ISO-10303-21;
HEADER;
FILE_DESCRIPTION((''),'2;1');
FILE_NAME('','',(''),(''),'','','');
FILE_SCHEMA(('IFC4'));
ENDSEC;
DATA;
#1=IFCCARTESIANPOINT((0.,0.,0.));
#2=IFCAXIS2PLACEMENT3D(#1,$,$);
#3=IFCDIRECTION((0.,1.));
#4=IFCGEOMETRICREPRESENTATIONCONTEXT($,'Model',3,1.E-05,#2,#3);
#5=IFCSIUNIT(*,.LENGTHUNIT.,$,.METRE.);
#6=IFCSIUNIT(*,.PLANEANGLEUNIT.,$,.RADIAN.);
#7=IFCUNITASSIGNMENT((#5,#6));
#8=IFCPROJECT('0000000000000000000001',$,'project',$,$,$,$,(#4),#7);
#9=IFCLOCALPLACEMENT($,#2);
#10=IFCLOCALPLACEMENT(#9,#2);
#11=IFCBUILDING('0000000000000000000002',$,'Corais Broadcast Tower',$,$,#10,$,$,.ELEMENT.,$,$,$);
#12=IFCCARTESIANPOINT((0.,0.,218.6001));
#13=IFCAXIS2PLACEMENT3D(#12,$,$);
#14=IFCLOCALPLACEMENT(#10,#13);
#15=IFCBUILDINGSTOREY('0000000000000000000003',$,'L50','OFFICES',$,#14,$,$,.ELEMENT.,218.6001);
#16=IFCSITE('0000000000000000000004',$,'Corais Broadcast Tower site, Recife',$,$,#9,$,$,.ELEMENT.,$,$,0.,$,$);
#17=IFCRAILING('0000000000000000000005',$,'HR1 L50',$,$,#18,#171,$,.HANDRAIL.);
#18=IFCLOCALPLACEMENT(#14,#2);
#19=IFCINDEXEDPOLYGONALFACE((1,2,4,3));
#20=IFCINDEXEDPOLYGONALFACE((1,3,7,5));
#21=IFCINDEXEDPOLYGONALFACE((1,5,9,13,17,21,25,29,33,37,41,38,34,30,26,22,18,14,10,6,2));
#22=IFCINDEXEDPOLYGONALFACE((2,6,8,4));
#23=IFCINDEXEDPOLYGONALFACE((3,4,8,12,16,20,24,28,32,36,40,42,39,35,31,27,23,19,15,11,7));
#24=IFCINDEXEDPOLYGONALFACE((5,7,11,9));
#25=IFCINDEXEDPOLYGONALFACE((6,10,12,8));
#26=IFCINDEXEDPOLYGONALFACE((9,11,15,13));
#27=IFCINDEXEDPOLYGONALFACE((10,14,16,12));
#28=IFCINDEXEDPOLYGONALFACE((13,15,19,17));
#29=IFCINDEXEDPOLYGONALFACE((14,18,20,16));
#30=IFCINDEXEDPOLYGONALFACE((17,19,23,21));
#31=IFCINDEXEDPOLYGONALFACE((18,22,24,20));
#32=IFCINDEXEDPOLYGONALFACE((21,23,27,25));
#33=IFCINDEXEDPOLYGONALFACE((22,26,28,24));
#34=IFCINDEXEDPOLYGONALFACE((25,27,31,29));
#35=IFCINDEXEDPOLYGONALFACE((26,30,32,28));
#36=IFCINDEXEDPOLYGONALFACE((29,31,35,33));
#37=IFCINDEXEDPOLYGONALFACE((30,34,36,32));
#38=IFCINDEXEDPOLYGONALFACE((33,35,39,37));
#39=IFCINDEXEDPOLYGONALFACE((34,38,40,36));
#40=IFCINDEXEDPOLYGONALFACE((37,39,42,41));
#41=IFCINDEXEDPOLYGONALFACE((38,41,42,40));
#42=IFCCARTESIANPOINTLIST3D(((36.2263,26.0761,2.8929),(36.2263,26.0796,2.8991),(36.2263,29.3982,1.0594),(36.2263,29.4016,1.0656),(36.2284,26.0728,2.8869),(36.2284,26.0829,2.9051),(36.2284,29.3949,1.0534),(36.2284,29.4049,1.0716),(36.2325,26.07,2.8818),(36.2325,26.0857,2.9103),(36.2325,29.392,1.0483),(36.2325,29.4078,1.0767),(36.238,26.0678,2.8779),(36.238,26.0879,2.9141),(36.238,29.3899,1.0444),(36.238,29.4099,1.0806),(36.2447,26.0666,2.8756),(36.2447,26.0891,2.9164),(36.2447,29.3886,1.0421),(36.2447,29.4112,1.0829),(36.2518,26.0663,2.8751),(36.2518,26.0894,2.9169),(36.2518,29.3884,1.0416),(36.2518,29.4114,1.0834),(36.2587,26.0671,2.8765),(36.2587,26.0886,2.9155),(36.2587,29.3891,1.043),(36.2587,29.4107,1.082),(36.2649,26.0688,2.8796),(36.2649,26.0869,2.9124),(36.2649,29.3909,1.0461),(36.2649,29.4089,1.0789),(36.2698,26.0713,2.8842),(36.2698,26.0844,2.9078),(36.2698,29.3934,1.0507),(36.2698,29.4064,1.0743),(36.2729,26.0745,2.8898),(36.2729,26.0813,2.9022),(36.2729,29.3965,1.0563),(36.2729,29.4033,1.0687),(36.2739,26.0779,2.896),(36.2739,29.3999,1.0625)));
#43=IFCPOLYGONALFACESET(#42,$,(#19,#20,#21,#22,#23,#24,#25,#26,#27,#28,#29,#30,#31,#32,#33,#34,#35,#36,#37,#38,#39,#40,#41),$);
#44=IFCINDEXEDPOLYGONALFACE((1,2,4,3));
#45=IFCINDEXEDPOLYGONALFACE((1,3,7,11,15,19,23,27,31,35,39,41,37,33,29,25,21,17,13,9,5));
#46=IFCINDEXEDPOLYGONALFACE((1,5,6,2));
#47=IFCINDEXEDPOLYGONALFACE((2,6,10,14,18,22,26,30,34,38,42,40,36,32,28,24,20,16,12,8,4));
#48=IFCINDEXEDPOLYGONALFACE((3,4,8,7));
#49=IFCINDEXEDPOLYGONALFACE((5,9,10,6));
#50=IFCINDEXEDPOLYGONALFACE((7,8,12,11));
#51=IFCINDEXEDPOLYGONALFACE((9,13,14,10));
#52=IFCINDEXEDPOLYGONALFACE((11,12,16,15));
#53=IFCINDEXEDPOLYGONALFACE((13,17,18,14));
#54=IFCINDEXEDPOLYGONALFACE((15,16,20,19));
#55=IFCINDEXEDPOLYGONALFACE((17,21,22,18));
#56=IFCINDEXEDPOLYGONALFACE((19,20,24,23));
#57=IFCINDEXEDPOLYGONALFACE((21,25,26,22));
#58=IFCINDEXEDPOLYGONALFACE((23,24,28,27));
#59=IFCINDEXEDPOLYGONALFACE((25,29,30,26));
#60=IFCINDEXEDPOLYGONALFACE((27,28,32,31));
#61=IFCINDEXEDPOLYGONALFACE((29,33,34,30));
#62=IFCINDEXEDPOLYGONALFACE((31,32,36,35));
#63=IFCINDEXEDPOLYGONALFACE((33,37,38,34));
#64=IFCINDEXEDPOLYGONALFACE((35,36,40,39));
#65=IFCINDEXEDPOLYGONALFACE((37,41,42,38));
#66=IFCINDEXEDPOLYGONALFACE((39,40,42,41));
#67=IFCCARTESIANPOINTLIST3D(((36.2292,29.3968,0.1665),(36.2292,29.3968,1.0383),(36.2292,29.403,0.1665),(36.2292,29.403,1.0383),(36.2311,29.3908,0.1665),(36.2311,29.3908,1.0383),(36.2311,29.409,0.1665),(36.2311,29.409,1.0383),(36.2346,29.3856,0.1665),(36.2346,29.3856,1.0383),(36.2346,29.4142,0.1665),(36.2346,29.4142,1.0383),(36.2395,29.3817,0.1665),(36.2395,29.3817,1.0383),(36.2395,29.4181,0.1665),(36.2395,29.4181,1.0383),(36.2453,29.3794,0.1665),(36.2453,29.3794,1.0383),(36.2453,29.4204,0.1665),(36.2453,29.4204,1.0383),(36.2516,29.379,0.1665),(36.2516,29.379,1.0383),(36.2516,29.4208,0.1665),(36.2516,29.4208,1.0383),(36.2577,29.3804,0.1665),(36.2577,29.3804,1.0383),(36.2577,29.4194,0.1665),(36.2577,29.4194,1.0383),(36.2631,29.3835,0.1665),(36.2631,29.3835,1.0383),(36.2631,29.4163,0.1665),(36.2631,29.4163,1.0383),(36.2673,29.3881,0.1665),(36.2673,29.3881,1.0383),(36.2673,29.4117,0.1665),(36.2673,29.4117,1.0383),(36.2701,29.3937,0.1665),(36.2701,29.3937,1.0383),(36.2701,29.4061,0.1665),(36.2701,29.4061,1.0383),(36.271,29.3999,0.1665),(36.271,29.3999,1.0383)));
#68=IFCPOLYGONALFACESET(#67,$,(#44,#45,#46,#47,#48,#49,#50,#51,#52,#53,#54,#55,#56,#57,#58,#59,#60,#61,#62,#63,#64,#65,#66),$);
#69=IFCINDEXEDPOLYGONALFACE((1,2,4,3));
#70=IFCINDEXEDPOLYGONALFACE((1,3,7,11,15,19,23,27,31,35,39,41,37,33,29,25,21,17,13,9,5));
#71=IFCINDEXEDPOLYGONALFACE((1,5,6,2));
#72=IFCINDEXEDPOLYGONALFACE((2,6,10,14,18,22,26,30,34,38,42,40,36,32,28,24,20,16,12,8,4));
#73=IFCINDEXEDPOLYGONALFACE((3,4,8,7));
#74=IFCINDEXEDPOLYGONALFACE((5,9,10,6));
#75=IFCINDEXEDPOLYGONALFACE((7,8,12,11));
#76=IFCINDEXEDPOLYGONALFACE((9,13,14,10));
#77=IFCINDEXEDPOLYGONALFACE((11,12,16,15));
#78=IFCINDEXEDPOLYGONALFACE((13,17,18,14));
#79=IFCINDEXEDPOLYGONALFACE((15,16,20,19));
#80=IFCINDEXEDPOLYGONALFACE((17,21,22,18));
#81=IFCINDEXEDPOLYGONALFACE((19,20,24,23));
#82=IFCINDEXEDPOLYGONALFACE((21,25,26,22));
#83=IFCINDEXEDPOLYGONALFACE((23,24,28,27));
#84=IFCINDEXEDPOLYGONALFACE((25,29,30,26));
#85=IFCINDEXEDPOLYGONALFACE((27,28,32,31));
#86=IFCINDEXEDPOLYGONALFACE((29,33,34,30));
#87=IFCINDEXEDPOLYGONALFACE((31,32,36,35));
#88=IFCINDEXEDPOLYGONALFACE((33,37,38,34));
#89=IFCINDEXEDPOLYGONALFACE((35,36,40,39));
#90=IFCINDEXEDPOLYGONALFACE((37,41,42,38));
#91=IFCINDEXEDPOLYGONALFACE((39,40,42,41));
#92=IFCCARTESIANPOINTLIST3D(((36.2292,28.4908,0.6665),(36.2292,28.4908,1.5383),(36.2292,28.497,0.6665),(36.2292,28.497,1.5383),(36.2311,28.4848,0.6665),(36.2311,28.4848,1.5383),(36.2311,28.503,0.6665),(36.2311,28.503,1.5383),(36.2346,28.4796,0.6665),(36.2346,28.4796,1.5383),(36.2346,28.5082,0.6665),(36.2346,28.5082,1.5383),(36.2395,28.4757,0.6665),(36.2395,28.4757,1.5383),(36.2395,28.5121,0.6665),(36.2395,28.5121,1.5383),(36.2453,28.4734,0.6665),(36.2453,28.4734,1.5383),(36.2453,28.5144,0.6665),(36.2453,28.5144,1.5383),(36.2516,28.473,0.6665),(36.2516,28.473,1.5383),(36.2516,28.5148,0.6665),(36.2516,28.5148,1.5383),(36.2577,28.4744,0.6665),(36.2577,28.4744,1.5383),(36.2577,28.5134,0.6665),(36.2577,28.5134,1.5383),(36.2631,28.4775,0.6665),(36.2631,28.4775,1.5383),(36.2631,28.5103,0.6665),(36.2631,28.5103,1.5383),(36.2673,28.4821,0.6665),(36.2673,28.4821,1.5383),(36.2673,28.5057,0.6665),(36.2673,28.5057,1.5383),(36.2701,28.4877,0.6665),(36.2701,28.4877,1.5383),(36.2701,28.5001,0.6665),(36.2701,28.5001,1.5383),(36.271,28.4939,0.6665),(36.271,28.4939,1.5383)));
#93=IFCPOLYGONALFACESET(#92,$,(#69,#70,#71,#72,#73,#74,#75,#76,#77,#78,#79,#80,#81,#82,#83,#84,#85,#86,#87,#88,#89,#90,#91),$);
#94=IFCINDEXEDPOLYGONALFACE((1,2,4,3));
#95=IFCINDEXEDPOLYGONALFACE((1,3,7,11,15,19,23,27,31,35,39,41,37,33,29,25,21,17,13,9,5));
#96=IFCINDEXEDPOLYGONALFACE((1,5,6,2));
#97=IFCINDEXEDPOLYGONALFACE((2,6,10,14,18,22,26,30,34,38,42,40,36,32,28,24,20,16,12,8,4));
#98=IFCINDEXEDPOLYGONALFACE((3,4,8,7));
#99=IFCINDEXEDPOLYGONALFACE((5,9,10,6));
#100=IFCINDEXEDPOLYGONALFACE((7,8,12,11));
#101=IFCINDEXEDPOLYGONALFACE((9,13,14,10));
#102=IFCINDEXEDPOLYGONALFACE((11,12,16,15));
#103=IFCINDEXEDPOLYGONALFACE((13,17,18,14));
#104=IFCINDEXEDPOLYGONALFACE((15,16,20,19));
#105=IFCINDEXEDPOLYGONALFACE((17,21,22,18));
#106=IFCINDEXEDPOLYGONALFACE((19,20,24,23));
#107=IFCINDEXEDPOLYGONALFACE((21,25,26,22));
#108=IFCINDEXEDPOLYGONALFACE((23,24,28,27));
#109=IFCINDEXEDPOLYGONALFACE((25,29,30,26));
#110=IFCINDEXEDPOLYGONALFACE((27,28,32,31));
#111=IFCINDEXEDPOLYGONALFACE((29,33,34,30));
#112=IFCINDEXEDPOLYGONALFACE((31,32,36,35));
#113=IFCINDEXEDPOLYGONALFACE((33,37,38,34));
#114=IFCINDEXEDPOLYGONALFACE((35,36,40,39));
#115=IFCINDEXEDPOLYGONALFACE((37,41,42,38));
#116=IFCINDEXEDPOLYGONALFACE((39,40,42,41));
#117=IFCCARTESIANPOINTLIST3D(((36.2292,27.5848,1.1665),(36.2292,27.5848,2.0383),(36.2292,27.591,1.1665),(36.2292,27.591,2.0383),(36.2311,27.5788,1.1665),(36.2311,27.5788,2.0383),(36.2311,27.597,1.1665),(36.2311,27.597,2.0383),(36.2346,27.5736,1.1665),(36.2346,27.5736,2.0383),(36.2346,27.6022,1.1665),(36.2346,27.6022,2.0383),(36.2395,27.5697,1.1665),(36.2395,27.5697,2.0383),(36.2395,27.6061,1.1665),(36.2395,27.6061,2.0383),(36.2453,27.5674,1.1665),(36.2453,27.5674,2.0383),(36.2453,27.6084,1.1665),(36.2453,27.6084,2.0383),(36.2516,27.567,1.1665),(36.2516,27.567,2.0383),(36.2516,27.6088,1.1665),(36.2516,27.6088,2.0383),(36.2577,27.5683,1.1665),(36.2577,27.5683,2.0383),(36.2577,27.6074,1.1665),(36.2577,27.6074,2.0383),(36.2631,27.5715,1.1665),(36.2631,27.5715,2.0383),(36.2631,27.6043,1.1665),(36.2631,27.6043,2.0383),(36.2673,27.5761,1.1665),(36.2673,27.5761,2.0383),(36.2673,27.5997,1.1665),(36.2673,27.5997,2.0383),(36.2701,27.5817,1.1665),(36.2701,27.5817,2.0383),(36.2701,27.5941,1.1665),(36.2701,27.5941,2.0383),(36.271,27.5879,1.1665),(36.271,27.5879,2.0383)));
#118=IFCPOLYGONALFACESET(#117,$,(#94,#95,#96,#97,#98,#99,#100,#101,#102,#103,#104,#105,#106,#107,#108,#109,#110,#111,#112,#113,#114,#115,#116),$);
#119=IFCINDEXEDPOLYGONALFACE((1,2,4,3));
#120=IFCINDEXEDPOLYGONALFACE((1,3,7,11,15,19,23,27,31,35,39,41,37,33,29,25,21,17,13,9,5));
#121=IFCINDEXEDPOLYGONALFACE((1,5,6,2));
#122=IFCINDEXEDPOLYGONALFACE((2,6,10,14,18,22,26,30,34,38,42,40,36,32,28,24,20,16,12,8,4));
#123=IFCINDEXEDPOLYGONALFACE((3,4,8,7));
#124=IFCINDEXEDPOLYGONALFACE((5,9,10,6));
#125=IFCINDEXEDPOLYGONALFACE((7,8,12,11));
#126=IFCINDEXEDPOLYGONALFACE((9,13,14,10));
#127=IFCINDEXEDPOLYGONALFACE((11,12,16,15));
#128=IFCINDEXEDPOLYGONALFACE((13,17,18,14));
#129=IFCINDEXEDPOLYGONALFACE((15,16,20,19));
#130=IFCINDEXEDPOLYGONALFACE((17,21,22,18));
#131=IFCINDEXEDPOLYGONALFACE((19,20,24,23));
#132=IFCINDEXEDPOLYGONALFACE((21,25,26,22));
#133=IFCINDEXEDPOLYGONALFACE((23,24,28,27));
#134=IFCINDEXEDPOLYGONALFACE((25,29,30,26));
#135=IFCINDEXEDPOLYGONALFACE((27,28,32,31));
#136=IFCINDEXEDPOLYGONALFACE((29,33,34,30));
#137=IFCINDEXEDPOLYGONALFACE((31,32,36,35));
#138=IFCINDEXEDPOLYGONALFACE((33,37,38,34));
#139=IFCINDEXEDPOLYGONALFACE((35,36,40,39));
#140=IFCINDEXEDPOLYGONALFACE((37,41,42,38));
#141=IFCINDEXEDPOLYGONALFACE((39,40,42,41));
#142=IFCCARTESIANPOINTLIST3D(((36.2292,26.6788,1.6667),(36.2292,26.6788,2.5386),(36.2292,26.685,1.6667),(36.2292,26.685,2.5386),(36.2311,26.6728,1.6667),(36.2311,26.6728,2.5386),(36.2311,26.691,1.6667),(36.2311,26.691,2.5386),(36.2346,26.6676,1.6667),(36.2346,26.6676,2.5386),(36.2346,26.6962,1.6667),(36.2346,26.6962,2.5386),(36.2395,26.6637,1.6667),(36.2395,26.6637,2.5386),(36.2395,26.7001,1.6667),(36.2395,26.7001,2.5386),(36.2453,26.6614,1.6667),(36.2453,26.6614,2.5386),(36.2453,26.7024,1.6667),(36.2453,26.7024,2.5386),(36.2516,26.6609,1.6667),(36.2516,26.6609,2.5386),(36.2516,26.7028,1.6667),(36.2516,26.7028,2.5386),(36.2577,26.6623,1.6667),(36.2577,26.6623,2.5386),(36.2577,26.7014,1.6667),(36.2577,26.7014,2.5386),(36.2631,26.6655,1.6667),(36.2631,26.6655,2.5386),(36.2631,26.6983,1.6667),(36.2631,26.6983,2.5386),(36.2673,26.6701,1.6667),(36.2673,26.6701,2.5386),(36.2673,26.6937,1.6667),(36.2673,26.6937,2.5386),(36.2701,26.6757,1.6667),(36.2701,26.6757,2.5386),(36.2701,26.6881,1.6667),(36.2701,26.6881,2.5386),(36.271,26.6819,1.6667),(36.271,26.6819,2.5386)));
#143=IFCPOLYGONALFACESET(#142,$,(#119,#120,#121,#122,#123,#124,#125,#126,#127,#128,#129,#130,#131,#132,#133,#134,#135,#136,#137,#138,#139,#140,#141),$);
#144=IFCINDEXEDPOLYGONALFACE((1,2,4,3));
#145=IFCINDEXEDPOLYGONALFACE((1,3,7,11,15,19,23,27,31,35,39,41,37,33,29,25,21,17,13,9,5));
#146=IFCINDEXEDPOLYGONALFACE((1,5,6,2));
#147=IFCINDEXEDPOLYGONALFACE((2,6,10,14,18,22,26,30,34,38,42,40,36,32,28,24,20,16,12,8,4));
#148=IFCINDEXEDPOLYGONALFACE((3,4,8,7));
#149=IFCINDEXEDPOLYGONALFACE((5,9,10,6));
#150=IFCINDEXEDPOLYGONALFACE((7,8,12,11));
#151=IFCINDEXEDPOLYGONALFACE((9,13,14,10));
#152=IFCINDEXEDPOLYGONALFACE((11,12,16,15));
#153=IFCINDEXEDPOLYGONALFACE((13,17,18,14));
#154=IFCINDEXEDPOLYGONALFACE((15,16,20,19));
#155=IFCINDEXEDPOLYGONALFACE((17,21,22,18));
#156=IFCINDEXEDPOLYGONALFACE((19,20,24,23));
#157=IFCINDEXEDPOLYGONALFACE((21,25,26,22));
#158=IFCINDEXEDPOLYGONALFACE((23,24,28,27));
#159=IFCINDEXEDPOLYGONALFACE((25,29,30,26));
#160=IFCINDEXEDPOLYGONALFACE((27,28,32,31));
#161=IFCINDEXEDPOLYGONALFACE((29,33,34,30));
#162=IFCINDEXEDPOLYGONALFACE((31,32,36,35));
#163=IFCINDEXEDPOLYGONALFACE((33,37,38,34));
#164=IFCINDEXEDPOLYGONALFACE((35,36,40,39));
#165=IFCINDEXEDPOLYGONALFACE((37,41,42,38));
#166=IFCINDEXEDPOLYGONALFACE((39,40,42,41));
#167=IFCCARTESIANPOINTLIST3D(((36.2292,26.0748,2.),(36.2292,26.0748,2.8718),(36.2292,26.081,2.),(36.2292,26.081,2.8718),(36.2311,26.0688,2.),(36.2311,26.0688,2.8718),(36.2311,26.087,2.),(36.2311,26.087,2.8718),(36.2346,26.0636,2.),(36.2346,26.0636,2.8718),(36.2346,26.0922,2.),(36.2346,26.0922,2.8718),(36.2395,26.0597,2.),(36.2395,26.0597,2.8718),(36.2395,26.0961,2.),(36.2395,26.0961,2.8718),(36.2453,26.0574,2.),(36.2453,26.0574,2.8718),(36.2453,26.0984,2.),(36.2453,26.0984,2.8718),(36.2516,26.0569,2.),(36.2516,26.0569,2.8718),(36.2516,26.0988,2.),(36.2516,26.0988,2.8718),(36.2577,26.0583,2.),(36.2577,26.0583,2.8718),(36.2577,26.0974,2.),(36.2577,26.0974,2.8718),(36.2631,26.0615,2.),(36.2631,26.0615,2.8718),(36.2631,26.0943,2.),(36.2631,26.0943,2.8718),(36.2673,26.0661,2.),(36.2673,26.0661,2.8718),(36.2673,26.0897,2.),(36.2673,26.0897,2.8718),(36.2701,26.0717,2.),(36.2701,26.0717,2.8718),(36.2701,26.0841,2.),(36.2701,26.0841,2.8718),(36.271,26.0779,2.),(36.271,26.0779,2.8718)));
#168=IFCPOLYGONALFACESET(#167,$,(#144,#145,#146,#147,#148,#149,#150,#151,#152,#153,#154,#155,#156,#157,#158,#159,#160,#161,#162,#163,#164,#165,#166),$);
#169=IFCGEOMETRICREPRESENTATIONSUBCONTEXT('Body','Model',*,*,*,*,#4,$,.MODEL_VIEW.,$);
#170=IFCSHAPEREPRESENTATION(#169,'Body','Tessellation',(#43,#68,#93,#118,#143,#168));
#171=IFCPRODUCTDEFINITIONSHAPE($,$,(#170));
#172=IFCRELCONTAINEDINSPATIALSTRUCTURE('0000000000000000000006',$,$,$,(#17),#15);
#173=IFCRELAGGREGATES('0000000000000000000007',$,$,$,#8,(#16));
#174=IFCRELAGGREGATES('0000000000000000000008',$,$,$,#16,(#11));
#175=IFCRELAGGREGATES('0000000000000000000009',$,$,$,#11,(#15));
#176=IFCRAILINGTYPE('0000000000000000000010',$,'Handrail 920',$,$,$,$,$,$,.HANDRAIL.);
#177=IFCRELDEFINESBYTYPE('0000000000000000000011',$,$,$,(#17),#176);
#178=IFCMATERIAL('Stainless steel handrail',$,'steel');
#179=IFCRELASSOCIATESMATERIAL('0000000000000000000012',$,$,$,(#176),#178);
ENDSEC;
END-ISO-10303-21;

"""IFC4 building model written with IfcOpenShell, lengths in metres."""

from ifc_helpers import new_model, si_unit, direction, frame, origin, origin_2d, place, context, subcontext, project, spatial, circle, extrude, material, type_object, element, save


model = new_model("IFC4")

# Units and contexts
model_context = context("Model", 3, precision=1e-05, world=origin(), true_north=direction((0.0, 1.0)))
body_context = subcontext(model_context, "Body", "Model", "MODEL_VIEW")
ifc_project = project(units=[si_unit("LENGTHUNIT", "METRE"), si_unit("PLANEANGLEUNIT", "RADIAN")], contexts=[model_context])

# Site, building, storey
site_placement = place(None, origin())
site = spatial("IfcSite", under=ifc_project, at=site_placement, Name="Corais Broadcast Tower site, Recife", CompositionType="ELEMENT", RefElevation=0.0)
building_placement = place(site_placement, origin())
building = spatial("IfcBuilding", under=site, at=building_placement, Name="Corais Broadcast Tower", CompositionType="ELEMENT")
storey_placement = place(building_placement, frame((0.0, 0.0, 218.6001)))
storey = spatial("IfcBuildingStorey", under=building, at=storey_placement, Name="L50", Description="OFFICES", CompositionType="ELEMENT", Elevation=218.6001)

# Railing
ifc_material_1 = material(Name="Stainless steel handrail", Category="steel")
railing_type = type_object("IfcRailingType", Name="Handrail 920", PredefinedType="HANDRAIL", material=ifc_material_1)
for number, where, name in (
    (1, (36.25, 29.3999, 0.1665), "HR1 L50"),
):
    element("IfcRailing", number, at=place(storey_placement, frame(where)), inside=storey, type_object=railing_type, Name=name, PredefinedType="HANDRAIL", context=body_context, shape_type="SweptSolid", body=[
        extrude(circle(Radius=0.0239, at=origin_2d()), frame((0.0, 0.0, 0.896), z_axis=(0.0, -0.875504, 0.48321), x_axis=(1.0, 0.0, 0.0)), (0.0, 0.0, 1.0), 3.7944),
        extrude(circle(Radius=0.021, at=origin_2d()), origin(), (0.0, 0.0, 1.0), 0.8718),
        extrude(circle(Radius=0.021, at=origin_2d()), frame((0.0, -0.906, 0.5)), (0.0, 0.0, 1.0), 0.8718),
        extrude(circle(Radius=0.021, at=origin_2d()), frame((0.0, -1.812, 1.0)), (0.0, 0.0, 1.0), 0.8718),
        extrude(circle(Radius=0.021, at=origin_2d()), frame((0.0, -2.718, 1.5002)), (0.0, 0.0, 1.0), 0.8718),
        extrude(circle(Radius=0.021, at=origin_2d()), frame((0.0, -3.322, 1.8335)), (0.0, 0.0, 1.0), 0.8718),
    ])

save(model, "model.ifc")
